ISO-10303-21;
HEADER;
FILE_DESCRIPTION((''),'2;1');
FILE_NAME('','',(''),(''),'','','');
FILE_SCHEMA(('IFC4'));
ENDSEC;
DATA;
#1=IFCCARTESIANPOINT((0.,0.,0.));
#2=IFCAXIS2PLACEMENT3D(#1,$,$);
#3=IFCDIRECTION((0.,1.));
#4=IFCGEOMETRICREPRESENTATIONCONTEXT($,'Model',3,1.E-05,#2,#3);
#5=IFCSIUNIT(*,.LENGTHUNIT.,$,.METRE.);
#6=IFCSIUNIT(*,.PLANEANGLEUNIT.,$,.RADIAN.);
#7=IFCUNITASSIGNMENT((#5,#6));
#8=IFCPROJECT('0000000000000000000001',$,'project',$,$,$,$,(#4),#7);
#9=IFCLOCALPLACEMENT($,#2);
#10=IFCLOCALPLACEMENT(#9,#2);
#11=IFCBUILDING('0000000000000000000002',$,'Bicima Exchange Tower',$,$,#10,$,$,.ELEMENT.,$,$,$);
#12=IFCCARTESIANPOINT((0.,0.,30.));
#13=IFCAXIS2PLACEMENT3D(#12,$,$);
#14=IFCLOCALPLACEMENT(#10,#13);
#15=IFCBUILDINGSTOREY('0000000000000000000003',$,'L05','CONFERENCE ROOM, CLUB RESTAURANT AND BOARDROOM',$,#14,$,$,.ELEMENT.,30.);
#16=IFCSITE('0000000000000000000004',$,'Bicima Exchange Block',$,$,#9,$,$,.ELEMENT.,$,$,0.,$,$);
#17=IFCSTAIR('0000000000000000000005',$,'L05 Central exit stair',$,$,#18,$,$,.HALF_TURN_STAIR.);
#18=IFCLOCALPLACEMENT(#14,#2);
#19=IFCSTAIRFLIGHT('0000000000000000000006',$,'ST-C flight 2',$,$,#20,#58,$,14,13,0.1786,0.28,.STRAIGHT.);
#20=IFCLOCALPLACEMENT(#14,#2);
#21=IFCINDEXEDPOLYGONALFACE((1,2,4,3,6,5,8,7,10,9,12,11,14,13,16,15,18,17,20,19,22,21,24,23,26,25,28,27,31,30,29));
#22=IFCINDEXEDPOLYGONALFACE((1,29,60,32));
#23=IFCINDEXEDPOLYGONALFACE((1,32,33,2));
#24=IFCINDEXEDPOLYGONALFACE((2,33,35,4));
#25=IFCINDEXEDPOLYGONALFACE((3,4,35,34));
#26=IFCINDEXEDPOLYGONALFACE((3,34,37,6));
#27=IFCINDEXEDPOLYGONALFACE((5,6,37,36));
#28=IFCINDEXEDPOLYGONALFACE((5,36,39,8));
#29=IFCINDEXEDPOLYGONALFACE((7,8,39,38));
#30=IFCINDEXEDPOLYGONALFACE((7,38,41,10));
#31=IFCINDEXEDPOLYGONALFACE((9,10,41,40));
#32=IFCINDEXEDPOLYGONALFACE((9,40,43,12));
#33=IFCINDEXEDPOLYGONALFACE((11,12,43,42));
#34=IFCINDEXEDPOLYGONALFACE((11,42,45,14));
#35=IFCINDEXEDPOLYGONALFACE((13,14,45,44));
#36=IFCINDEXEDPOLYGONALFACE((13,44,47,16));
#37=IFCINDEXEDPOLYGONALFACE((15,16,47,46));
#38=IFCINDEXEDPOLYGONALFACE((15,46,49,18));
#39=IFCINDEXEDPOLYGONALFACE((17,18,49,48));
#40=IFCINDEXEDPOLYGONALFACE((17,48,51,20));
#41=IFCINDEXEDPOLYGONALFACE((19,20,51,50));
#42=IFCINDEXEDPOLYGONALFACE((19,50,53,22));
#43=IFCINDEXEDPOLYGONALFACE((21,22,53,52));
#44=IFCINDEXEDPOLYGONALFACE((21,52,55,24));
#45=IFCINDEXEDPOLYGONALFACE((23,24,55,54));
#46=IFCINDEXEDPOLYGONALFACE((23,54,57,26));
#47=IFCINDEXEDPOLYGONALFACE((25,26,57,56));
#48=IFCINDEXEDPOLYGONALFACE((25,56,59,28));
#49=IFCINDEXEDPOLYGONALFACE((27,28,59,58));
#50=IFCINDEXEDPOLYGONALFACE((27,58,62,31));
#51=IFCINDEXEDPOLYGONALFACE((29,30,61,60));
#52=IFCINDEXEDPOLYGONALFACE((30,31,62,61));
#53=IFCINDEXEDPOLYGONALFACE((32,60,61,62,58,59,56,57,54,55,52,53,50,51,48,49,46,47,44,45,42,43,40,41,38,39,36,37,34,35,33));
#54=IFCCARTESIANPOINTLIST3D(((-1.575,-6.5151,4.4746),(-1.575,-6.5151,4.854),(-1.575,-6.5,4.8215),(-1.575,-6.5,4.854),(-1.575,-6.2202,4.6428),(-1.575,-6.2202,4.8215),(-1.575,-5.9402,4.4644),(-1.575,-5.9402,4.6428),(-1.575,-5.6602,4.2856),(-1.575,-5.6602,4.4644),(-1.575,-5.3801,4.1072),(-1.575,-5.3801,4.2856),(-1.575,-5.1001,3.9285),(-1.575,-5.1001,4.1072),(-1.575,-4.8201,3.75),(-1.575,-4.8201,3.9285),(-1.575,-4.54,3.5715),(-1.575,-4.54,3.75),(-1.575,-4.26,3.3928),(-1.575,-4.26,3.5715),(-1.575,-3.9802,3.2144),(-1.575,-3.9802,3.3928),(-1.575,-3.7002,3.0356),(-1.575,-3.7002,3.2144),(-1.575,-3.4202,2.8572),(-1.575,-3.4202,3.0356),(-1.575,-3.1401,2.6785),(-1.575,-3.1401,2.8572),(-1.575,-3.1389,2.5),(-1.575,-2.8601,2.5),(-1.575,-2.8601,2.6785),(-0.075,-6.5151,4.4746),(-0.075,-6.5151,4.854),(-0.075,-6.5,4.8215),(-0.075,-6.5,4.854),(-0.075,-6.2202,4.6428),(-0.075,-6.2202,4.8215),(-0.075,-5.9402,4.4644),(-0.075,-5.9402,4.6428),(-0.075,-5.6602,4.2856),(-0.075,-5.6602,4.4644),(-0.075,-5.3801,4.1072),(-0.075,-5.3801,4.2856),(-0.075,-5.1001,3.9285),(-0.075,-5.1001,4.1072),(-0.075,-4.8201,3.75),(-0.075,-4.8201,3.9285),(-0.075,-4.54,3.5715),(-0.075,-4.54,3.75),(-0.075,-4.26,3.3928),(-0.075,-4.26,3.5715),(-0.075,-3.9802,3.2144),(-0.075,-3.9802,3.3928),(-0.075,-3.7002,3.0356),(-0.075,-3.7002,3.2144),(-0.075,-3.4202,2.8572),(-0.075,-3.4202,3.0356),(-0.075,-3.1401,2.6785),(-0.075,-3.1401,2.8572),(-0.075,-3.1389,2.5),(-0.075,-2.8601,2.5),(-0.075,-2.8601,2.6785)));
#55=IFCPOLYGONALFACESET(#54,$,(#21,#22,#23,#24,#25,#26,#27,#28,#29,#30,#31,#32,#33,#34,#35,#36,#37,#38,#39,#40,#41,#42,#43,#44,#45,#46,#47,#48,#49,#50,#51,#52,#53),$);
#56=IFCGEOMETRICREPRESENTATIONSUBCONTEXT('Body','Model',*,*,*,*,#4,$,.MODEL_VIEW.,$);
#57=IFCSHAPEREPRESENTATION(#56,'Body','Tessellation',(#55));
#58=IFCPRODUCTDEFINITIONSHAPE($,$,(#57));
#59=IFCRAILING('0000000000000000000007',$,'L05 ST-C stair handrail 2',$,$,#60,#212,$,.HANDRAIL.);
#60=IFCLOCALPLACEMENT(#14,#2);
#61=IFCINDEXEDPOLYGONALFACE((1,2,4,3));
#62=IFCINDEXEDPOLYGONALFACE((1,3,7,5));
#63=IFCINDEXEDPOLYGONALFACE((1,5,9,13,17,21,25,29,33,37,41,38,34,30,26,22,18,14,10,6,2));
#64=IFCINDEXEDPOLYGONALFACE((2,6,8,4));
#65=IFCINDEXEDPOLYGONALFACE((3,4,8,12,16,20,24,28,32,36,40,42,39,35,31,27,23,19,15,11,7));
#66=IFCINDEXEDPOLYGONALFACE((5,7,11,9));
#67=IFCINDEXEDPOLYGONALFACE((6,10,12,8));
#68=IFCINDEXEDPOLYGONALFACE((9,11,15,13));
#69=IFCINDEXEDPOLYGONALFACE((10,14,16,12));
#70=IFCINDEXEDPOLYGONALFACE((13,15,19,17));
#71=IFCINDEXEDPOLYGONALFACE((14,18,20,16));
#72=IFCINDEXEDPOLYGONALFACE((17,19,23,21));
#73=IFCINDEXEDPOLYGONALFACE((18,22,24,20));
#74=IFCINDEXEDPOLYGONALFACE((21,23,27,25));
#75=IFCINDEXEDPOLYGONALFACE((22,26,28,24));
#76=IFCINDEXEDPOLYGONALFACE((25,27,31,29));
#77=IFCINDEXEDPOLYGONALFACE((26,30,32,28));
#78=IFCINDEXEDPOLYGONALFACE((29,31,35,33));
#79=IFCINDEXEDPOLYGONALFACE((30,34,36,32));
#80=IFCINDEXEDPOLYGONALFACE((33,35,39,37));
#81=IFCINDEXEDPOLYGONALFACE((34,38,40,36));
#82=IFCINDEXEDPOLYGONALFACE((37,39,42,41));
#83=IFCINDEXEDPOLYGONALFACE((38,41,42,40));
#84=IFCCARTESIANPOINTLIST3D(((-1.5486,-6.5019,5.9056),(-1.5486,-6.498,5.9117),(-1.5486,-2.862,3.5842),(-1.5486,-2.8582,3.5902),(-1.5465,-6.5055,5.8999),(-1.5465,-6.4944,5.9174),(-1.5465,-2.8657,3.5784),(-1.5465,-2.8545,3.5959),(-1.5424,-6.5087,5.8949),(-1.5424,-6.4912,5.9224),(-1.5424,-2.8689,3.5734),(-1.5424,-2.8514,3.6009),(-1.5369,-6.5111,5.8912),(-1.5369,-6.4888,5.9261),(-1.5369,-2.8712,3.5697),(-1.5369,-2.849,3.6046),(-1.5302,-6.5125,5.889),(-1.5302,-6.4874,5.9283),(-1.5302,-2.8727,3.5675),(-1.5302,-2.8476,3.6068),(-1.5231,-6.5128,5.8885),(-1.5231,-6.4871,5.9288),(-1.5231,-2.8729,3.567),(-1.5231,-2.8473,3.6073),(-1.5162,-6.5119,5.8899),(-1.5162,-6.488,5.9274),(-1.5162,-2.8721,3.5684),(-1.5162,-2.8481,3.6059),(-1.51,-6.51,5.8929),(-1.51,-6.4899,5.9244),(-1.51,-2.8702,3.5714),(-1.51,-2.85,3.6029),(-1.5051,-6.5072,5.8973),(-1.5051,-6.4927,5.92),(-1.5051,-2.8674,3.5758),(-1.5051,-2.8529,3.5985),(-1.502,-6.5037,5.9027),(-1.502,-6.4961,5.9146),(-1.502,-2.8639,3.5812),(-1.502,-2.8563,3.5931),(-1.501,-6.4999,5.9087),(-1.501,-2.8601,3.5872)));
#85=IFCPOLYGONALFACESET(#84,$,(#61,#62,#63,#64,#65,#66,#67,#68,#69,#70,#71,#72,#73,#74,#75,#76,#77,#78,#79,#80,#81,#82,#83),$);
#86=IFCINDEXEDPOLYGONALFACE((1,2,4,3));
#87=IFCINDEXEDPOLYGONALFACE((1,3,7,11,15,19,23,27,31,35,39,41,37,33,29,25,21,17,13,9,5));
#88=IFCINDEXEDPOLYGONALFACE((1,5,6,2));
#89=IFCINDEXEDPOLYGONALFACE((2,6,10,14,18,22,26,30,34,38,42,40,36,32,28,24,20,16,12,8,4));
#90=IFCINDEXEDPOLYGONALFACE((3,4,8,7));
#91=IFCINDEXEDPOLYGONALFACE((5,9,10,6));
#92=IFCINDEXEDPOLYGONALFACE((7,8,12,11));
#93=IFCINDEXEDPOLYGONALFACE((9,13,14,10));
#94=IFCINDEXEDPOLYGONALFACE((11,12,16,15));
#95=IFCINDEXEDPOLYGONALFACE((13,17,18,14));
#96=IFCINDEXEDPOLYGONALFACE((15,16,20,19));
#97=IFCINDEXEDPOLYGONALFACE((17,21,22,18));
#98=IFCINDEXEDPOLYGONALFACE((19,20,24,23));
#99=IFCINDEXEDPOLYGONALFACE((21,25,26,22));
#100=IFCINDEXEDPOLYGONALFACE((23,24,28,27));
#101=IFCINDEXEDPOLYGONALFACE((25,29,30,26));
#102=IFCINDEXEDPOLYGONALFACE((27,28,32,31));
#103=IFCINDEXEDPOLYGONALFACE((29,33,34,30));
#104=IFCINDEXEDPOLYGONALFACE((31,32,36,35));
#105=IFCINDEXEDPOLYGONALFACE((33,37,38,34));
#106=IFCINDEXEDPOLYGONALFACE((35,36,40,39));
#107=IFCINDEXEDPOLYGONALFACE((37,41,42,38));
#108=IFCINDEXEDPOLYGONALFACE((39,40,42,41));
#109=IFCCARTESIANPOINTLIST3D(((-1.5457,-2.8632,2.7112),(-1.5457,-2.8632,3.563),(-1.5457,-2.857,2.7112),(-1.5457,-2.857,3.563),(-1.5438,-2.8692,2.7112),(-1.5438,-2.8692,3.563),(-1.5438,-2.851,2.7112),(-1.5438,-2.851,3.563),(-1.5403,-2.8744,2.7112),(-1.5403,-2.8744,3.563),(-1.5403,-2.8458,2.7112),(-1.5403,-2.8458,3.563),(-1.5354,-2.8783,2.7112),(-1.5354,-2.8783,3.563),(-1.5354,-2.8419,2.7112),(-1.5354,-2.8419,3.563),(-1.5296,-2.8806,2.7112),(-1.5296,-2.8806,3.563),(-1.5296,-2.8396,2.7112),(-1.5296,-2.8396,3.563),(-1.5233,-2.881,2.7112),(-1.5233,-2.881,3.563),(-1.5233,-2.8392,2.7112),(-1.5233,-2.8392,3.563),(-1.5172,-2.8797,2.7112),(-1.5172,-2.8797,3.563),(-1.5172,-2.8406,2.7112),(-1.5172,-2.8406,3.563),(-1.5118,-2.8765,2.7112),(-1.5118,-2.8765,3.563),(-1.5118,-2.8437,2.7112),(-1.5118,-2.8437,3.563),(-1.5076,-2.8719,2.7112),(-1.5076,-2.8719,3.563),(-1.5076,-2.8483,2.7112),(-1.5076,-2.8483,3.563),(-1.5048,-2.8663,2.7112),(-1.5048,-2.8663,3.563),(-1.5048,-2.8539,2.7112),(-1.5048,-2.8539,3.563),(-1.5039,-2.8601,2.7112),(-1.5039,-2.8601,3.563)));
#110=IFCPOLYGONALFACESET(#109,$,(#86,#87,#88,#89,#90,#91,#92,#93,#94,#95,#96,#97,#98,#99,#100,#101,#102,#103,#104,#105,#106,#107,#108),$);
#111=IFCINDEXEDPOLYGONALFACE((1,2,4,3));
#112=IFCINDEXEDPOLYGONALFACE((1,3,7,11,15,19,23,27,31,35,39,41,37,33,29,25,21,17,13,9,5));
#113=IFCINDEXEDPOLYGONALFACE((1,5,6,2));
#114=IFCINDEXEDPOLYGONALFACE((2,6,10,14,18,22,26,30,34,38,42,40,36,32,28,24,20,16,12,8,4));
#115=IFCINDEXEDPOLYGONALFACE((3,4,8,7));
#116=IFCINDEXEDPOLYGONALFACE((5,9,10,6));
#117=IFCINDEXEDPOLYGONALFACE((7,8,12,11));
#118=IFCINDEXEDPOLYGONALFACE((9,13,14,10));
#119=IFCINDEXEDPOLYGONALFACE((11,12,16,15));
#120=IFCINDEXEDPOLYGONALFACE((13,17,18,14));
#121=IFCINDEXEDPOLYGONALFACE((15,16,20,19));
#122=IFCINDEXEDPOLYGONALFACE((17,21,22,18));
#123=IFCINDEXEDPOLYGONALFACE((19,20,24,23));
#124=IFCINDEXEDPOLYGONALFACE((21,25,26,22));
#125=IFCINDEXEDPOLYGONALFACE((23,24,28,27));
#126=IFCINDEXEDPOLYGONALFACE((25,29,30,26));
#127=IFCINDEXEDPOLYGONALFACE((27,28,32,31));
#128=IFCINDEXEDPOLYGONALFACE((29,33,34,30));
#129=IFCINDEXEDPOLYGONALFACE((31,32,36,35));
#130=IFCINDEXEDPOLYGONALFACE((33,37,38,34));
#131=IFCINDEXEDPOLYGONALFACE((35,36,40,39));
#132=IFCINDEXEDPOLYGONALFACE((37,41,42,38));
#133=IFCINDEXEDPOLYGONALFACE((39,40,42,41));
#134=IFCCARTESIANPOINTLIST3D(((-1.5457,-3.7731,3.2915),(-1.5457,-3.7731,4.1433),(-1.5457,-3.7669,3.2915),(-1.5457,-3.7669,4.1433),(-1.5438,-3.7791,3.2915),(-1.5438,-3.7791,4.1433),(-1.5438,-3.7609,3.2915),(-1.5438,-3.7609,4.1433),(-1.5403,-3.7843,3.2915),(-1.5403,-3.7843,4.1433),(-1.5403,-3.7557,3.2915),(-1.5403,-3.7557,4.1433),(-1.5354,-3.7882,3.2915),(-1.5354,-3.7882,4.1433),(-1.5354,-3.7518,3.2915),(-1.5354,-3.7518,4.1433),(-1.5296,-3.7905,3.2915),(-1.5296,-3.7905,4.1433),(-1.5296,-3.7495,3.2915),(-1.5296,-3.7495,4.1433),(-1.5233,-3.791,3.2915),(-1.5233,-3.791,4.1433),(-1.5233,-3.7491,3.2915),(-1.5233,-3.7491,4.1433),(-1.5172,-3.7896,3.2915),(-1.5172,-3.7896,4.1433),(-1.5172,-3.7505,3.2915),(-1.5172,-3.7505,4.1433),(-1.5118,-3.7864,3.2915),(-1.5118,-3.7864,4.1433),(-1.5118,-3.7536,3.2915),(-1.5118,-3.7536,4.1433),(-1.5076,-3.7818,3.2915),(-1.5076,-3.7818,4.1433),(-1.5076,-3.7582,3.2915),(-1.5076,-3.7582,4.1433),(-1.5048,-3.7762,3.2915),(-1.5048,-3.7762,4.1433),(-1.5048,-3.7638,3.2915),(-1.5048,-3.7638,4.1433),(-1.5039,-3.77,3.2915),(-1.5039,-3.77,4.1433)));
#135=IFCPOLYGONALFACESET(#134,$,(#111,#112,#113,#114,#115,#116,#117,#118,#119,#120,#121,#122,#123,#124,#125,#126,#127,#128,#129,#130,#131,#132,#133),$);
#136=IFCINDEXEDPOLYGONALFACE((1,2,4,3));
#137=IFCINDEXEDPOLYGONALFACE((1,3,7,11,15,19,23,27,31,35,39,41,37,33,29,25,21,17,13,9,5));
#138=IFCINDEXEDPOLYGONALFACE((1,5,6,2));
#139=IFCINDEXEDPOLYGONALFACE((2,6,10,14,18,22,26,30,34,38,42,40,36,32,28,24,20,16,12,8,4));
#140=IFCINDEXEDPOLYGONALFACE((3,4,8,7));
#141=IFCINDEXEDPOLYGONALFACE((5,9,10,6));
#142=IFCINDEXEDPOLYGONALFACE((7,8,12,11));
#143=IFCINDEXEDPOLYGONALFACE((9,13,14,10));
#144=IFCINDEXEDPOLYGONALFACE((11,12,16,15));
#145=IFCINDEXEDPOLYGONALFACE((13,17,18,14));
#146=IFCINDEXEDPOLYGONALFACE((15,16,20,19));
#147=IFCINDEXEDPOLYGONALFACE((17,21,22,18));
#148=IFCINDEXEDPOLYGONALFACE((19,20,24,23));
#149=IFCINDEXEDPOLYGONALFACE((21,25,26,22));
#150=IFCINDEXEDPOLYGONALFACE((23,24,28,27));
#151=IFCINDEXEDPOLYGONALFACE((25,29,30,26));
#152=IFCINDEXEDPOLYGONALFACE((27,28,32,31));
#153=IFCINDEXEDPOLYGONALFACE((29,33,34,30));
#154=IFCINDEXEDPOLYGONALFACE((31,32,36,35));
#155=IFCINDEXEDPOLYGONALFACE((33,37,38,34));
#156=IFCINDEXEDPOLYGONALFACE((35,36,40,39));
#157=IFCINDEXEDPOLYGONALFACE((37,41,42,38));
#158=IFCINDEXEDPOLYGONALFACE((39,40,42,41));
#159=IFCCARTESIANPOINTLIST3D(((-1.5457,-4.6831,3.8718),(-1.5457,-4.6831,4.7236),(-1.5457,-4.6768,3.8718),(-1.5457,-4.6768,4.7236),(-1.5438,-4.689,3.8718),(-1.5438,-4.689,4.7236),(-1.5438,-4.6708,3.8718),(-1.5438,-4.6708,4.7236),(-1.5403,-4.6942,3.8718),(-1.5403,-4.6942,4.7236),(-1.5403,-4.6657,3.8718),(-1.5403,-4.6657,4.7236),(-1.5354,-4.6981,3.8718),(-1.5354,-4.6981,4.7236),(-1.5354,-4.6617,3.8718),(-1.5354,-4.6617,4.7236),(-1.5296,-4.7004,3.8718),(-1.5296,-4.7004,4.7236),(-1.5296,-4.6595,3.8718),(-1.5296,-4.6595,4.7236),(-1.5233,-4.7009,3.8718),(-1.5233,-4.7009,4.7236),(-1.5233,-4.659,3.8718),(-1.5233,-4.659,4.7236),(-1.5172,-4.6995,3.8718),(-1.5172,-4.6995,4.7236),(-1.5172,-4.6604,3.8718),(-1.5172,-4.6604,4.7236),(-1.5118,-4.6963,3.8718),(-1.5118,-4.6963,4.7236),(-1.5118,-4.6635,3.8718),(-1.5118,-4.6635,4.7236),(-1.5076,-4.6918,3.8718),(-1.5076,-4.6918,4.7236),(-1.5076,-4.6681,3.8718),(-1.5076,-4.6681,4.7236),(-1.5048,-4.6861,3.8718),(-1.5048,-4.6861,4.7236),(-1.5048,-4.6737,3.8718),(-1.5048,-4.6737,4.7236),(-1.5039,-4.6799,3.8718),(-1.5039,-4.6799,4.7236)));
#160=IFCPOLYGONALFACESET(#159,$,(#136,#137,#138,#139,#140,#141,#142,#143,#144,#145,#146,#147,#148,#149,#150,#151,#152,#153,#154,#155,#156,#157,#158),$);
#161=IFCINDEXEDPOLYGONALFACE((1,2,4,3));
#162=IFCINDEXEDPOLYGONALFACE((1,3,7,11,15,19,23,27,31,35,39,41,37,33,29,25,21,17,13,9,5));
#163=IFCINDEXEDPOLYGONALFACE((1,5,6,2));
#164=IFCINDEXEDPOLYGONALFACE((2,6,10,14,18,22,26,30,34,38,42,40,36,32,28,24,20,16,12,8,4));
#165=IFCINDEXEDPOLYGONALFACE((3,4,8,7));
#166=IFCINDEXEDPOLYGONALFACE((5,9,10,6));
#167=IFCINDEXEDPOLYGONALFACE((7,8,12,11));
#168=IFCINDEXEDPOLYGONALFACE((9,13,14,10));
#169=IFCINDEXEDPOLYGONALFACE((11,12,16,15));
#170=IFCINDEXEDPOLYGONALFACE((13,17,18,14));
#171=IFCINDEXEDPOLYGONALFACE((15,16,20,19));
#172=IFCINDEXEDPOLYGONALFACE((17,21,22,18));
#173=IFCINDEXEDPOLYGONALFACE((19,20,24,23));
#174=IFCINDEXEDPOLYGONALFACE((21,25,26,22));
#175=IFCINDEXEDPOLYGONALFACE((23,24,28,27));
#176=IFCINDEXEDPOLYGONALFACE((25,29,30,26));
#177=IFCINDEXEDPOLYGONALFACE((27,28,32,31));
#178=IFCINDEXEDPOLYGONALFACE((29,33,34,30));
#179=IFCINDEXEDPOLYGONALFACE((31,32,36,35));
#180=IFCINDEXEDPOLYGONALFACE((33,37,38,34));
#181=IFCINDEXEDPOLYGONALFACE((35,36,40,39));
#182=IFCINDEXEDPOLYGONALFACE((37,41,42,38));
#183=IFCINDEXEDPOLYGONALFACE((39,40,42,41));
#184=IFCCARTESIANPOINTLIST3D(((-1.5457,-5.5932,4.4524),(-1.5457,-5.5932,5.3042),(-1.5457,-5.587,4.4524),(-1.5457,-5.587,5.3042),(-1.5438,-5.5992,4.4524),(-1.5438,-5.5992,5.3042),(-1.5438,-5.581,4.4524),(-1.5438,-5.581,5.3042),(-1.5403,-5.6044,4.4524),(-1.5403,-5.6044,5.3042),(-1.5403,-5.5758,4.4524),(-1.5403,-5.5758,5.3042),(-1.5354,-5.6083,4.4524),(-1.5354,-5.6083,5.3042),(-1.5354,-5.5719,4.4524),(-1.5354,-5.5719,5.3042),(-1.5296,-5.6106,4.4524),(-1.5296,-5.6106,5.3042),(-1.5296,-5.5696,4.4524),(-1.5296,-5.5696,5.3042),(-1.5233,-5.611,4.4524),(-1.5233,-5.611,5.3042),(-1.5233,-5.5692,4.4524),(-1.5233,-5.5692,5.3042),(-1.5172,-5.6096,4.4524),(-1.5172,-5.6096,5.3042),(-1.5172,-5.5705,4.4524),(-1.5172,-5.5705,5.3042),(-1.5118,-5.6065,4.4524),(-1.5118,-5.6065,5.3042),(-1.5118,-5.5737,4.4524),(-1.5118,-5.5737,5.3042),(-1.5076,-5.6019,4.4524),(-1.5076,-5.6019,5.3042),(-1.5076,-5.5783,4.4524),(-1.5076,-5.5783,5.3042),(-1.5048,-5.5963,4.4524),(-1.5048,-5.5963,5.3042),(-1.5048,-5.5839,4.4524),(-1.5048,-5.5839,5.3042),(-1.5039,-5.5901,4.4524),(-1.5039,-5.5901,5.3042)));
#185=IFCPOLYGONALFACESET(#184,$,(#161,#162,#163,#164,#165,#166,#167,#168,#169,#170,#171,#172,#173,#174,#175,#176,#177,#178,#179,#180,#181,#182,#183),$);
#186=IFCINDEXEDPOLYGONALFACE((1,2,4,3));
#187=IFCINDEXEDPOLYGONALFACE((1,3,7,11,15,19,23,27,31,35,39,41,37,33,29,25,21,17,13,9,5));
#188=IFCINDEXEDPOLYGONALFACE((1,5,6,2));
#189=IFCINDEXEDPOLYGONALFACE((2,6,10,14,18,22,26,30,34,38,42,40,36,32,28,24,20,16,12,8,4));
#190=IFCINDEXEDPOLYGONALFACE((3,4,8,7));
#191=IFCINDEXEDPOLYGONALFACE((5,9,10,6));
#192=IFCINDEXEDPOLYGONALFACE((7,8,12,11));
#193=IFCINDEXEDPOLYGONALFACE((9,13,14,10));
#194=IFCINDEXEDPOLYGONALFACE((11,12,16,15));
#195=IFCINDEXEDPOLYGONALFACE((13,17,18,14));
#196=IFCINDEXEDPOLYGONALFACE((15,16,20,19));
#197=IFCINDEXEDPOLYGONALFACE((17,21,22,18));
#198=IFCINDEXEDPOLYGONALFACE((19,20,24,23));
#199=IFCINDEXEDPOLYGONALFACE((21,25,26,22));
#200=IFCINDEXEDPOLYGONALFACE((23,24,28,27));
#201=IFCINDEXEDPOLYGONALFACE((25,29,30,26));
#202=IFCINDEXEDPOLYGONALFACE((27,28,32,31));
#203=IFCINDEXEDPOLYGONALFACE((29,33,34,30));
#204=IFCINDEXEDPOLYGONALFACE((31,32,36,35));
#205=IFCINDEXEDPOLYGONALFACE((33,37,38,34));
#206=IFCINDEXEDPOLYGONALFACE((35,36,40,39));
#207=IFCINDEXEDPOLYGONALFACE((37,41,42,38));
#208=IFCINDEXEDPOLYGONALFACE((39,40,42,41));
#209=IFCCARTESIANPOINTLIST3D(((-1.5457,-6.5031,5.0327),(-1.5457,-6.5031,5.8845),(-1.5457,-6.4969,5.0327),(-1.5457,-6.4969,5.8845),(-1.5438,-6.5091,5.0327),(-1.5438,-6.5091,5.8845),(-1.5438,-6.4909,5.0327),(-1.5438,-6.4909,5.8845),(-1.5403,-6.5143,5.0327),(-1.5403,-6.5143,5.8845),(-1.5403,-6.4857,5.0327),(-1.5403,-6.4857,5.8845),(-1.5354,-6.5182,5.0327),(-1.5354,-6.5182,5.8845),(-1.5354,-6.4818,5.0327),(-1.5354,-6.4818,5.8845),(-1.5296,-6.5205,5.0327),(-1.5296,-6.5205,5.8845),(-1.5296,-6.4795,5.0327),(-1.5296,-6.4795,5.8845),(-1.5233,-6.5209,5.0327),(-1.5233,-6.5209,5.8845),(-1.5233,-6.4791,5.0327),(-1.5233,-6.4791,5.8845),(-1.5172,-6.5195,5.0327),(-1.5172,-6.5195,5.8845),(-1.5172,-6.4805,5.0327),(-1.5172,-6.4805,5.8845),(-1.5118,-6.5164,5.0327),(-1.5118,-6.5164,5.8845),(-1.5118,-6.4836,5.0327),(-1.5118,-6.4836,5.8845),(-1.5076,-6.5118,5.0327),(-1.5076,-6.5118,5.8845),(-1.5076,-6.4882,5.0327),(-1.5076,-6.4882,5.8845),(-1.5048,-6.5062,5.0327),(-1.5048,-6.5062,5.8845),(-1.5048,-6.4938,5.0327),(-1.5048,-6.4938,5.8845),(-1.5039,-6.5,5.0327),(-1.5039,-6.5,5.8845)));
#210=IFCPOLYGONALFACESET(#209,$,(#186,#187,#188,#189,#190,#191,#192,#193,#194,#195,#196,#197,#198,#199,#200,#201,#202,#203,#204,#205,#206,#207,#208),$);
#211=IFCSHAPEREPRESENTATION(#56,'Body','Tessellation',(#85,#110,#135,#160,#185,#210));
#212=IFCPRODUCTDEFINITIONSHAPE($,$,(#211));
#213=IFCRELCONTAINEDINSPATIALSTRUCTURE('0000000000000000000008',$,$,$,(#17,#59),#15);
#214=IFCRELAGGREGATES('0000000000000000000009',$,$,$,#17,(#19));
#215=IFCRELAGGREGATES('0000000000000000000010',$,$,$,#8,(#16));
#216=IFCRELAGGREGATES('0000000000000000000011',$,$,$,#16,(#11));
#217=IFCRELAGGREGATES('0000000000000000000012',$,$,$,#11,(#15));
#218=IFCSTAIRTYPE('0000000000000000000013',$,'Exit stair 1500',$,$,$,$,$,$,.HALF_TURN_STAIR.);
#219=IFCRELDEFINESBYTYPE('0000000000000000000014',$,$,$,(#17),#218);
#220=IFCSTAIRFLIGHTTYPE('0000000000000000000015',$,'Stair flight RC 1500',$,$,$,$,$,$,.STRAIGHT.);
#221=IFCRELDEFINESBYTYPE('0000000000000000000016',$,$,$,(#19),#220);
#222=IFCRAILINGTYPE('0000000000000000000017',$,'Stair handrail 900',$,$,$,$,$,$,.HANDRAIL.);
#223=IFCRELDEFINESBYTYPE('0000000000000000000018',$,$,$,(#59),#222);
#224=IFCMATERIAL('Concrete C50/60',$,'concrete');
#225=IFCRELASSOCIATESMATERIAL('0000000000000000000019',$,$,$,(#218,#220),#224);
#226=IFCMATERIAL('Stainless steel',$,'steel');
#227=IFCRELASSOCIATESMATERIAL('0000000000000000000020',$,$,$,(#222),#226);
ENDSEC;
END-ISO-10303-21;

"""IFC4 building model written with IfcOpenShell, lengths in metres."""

from ifc_helpers import new_model, si_unit, direction, frame, origin, origin_2d, place, context, subcontext, project, spatial, polyline, circle, outline, extrude, material, type_object, element, aggregate, save


model = new_model("IFC4")

# Units and contexts
model_context = context("Model", 3, precision=1e-05, world=origin(), true_north=direction((0.0, 1.0)))
body_context = subcontext(model_context, "Body", "Model", "MODEL_VIEW")
ifc_project = project(units=[si_unit("LENGTHUNIT", "METRE"), si_unit("PLANEANGLEUNIT", "RADIAN")], contexts=[model_context])

# Site, building, storey
site_placement = place(None, origin())
site = spatial("IfcSite", under=ifc_project, at=site_placement, Name="Bicima Exchange Block", CompositionType="ELEMENT", RefElevation=0.0)
building_placement = place(site_placement, origin())
building = spatial("IfcBuilding", under=site, at=building_placement, Name="Bicima Exchange Tower", CompositionType="ELEMENT")
storey_placement = place(building_placement, frame((0.0, 0.0, 30.0)))
storey = spatial("IfcBuildingStorey", under=building, at=storey_placement, Name="L05", Description="CONFERENCE ROOM, CLUB RESTAURANT AND BOARDROOM", CompositionType="ELEMENT", Elevation=30.0)

# Shared definitions
ifc_material_1 = material(Name="Concrete C50/60", Category="concrete")

# Stair, stair flight
stair_type = type_object("IfcStairType", Name="Exit stair 1500", PredefinedType="HALF_TURN_STAIR", material=ifc_material_1)
stair_placement = place(storey_placement, origin())
stair = element("IfcStair", 1, at=stair_placement, inside=storey, type_object=stair_type, Name="L05 Central exit stair", PredefinedType="HALF_TURN_STAIR")
stair_flight_type = type_object("IfcStairFlightType", Name="Stair flight RC 1500", PredefinedType="STRAIGHT", material=ifc_material_1)
stair_flight_placement = place(storey_placement, frame((-0.825, -2.8601, 2.5), z_axis=(0.0, 0.0, 1.0), x_axis=(0.0, -1.0, 0.0)))
stair_flight = element("IfcStairFlight", 2, at=stair_flight_placement, type_object=stair_flight_type, Name="ST-C flight 2", NumberOfRisers=14, NumberOfTreads=13, PredefinedType="STRAIGHT", RiserHeight=0.1786, TreadLength=0.28, context=body_context, shape_type="SweptSolid", body=[
    extrude(outline(polyline([(0.0, 0.0), (0.0, 0.1785), (0.28, 0.1785), (0.28, 0.3572), (0.5601, 0.3572), (0.5601, 0.5356), (0.8401, 0.5356), (0.8401, 0.7144), (1.1201, 0.7144), (1.1201, 0.8928), (1.3999, 0.8928), (1.3999, 1.0715), (1.6799, 1.0715), (1.6799, 1.25), (1.96, 1.25), (1.96, 1.4285), (2.24, 1.4285), (2.24, 1.6072), (2.52, 1.6072), (2.52, 1.7856), (2.8, 1.7856), (2.8, 1.9644), (3.0801, 1.9644), (3.0801, 2.1428), (3.3601, 2.1428), (3.3601, 2.3215), (3.6399, 2.3215), (3.6399, 2.354), (3.655, 2.354), (3.655, 1.9746), (0.2788, 0.0), (0.0, 0.0)])), frame((0.0, 0.75, 0.0), z_axis=(0.0, -1.0, 0.0), x_axis=(1.0, 0.0, 0.0)), (0.0, 0.0, 1.0), 1.5),
])
aggregate(stair, [stair_flight])

# Railing
ifc_material_2 = material(Name="Stainless steel", Category="steel")
railing_type = type_object("IfcRailingType", Name="Stair handrail 900", PredefinedType="HANDRAIL", material=ifc_material_2)
railing_placement = place(storey_placement, frame((-1.5249, -2.8601, 2.7112)))
element("IfcRailing", 3, at=railing_placement, inside=storey, type_object=railing_type, Name="L05 ST-C stair handrail 2", PredefinedType="HANDRAIL", context=body_context, shape_type="SweptSolid", body=[
    extrude(circle(Radius=0.0239, at=origin_2d()), frame((0.0, 0.0, 0.876), z_axis=(0.0, -0.843112, 0.537739), x_axis=(1.0, 0.0, 0.0)), (0.0, 0.0, 1.0), 4.3171),
    extrude(circle(Radius=0.021, at=origin_2d()), origin(), (0.0, 0.0, 1.0), 0.8518),
    extrude(circle(Radius=0.021, at=origin_2d()), frame((0.0, -0.9099, 0.5803)), (0.0, 0.0, 1.0), 0.8518),
    extrude(circle(Radius=0.021, at=origin_2d()), frame((0.0, -1.8198, 1.1606)), (0.0, 0.0, 1.0), 0.8518),
    extrude(circle(Radius=0.021, at=origin_2d()), frame((0.0, -2.73, 1.7412)), (0.0, 0.0, 1.0), 0.8518),
    extrude(circle(Radius=0.021, at=origin_2d()), frame((0.0, -3.6399, 2.3215)), (0.0, 0.0, 1.0), 0.8518),
])

save(model, "model.ifc")
